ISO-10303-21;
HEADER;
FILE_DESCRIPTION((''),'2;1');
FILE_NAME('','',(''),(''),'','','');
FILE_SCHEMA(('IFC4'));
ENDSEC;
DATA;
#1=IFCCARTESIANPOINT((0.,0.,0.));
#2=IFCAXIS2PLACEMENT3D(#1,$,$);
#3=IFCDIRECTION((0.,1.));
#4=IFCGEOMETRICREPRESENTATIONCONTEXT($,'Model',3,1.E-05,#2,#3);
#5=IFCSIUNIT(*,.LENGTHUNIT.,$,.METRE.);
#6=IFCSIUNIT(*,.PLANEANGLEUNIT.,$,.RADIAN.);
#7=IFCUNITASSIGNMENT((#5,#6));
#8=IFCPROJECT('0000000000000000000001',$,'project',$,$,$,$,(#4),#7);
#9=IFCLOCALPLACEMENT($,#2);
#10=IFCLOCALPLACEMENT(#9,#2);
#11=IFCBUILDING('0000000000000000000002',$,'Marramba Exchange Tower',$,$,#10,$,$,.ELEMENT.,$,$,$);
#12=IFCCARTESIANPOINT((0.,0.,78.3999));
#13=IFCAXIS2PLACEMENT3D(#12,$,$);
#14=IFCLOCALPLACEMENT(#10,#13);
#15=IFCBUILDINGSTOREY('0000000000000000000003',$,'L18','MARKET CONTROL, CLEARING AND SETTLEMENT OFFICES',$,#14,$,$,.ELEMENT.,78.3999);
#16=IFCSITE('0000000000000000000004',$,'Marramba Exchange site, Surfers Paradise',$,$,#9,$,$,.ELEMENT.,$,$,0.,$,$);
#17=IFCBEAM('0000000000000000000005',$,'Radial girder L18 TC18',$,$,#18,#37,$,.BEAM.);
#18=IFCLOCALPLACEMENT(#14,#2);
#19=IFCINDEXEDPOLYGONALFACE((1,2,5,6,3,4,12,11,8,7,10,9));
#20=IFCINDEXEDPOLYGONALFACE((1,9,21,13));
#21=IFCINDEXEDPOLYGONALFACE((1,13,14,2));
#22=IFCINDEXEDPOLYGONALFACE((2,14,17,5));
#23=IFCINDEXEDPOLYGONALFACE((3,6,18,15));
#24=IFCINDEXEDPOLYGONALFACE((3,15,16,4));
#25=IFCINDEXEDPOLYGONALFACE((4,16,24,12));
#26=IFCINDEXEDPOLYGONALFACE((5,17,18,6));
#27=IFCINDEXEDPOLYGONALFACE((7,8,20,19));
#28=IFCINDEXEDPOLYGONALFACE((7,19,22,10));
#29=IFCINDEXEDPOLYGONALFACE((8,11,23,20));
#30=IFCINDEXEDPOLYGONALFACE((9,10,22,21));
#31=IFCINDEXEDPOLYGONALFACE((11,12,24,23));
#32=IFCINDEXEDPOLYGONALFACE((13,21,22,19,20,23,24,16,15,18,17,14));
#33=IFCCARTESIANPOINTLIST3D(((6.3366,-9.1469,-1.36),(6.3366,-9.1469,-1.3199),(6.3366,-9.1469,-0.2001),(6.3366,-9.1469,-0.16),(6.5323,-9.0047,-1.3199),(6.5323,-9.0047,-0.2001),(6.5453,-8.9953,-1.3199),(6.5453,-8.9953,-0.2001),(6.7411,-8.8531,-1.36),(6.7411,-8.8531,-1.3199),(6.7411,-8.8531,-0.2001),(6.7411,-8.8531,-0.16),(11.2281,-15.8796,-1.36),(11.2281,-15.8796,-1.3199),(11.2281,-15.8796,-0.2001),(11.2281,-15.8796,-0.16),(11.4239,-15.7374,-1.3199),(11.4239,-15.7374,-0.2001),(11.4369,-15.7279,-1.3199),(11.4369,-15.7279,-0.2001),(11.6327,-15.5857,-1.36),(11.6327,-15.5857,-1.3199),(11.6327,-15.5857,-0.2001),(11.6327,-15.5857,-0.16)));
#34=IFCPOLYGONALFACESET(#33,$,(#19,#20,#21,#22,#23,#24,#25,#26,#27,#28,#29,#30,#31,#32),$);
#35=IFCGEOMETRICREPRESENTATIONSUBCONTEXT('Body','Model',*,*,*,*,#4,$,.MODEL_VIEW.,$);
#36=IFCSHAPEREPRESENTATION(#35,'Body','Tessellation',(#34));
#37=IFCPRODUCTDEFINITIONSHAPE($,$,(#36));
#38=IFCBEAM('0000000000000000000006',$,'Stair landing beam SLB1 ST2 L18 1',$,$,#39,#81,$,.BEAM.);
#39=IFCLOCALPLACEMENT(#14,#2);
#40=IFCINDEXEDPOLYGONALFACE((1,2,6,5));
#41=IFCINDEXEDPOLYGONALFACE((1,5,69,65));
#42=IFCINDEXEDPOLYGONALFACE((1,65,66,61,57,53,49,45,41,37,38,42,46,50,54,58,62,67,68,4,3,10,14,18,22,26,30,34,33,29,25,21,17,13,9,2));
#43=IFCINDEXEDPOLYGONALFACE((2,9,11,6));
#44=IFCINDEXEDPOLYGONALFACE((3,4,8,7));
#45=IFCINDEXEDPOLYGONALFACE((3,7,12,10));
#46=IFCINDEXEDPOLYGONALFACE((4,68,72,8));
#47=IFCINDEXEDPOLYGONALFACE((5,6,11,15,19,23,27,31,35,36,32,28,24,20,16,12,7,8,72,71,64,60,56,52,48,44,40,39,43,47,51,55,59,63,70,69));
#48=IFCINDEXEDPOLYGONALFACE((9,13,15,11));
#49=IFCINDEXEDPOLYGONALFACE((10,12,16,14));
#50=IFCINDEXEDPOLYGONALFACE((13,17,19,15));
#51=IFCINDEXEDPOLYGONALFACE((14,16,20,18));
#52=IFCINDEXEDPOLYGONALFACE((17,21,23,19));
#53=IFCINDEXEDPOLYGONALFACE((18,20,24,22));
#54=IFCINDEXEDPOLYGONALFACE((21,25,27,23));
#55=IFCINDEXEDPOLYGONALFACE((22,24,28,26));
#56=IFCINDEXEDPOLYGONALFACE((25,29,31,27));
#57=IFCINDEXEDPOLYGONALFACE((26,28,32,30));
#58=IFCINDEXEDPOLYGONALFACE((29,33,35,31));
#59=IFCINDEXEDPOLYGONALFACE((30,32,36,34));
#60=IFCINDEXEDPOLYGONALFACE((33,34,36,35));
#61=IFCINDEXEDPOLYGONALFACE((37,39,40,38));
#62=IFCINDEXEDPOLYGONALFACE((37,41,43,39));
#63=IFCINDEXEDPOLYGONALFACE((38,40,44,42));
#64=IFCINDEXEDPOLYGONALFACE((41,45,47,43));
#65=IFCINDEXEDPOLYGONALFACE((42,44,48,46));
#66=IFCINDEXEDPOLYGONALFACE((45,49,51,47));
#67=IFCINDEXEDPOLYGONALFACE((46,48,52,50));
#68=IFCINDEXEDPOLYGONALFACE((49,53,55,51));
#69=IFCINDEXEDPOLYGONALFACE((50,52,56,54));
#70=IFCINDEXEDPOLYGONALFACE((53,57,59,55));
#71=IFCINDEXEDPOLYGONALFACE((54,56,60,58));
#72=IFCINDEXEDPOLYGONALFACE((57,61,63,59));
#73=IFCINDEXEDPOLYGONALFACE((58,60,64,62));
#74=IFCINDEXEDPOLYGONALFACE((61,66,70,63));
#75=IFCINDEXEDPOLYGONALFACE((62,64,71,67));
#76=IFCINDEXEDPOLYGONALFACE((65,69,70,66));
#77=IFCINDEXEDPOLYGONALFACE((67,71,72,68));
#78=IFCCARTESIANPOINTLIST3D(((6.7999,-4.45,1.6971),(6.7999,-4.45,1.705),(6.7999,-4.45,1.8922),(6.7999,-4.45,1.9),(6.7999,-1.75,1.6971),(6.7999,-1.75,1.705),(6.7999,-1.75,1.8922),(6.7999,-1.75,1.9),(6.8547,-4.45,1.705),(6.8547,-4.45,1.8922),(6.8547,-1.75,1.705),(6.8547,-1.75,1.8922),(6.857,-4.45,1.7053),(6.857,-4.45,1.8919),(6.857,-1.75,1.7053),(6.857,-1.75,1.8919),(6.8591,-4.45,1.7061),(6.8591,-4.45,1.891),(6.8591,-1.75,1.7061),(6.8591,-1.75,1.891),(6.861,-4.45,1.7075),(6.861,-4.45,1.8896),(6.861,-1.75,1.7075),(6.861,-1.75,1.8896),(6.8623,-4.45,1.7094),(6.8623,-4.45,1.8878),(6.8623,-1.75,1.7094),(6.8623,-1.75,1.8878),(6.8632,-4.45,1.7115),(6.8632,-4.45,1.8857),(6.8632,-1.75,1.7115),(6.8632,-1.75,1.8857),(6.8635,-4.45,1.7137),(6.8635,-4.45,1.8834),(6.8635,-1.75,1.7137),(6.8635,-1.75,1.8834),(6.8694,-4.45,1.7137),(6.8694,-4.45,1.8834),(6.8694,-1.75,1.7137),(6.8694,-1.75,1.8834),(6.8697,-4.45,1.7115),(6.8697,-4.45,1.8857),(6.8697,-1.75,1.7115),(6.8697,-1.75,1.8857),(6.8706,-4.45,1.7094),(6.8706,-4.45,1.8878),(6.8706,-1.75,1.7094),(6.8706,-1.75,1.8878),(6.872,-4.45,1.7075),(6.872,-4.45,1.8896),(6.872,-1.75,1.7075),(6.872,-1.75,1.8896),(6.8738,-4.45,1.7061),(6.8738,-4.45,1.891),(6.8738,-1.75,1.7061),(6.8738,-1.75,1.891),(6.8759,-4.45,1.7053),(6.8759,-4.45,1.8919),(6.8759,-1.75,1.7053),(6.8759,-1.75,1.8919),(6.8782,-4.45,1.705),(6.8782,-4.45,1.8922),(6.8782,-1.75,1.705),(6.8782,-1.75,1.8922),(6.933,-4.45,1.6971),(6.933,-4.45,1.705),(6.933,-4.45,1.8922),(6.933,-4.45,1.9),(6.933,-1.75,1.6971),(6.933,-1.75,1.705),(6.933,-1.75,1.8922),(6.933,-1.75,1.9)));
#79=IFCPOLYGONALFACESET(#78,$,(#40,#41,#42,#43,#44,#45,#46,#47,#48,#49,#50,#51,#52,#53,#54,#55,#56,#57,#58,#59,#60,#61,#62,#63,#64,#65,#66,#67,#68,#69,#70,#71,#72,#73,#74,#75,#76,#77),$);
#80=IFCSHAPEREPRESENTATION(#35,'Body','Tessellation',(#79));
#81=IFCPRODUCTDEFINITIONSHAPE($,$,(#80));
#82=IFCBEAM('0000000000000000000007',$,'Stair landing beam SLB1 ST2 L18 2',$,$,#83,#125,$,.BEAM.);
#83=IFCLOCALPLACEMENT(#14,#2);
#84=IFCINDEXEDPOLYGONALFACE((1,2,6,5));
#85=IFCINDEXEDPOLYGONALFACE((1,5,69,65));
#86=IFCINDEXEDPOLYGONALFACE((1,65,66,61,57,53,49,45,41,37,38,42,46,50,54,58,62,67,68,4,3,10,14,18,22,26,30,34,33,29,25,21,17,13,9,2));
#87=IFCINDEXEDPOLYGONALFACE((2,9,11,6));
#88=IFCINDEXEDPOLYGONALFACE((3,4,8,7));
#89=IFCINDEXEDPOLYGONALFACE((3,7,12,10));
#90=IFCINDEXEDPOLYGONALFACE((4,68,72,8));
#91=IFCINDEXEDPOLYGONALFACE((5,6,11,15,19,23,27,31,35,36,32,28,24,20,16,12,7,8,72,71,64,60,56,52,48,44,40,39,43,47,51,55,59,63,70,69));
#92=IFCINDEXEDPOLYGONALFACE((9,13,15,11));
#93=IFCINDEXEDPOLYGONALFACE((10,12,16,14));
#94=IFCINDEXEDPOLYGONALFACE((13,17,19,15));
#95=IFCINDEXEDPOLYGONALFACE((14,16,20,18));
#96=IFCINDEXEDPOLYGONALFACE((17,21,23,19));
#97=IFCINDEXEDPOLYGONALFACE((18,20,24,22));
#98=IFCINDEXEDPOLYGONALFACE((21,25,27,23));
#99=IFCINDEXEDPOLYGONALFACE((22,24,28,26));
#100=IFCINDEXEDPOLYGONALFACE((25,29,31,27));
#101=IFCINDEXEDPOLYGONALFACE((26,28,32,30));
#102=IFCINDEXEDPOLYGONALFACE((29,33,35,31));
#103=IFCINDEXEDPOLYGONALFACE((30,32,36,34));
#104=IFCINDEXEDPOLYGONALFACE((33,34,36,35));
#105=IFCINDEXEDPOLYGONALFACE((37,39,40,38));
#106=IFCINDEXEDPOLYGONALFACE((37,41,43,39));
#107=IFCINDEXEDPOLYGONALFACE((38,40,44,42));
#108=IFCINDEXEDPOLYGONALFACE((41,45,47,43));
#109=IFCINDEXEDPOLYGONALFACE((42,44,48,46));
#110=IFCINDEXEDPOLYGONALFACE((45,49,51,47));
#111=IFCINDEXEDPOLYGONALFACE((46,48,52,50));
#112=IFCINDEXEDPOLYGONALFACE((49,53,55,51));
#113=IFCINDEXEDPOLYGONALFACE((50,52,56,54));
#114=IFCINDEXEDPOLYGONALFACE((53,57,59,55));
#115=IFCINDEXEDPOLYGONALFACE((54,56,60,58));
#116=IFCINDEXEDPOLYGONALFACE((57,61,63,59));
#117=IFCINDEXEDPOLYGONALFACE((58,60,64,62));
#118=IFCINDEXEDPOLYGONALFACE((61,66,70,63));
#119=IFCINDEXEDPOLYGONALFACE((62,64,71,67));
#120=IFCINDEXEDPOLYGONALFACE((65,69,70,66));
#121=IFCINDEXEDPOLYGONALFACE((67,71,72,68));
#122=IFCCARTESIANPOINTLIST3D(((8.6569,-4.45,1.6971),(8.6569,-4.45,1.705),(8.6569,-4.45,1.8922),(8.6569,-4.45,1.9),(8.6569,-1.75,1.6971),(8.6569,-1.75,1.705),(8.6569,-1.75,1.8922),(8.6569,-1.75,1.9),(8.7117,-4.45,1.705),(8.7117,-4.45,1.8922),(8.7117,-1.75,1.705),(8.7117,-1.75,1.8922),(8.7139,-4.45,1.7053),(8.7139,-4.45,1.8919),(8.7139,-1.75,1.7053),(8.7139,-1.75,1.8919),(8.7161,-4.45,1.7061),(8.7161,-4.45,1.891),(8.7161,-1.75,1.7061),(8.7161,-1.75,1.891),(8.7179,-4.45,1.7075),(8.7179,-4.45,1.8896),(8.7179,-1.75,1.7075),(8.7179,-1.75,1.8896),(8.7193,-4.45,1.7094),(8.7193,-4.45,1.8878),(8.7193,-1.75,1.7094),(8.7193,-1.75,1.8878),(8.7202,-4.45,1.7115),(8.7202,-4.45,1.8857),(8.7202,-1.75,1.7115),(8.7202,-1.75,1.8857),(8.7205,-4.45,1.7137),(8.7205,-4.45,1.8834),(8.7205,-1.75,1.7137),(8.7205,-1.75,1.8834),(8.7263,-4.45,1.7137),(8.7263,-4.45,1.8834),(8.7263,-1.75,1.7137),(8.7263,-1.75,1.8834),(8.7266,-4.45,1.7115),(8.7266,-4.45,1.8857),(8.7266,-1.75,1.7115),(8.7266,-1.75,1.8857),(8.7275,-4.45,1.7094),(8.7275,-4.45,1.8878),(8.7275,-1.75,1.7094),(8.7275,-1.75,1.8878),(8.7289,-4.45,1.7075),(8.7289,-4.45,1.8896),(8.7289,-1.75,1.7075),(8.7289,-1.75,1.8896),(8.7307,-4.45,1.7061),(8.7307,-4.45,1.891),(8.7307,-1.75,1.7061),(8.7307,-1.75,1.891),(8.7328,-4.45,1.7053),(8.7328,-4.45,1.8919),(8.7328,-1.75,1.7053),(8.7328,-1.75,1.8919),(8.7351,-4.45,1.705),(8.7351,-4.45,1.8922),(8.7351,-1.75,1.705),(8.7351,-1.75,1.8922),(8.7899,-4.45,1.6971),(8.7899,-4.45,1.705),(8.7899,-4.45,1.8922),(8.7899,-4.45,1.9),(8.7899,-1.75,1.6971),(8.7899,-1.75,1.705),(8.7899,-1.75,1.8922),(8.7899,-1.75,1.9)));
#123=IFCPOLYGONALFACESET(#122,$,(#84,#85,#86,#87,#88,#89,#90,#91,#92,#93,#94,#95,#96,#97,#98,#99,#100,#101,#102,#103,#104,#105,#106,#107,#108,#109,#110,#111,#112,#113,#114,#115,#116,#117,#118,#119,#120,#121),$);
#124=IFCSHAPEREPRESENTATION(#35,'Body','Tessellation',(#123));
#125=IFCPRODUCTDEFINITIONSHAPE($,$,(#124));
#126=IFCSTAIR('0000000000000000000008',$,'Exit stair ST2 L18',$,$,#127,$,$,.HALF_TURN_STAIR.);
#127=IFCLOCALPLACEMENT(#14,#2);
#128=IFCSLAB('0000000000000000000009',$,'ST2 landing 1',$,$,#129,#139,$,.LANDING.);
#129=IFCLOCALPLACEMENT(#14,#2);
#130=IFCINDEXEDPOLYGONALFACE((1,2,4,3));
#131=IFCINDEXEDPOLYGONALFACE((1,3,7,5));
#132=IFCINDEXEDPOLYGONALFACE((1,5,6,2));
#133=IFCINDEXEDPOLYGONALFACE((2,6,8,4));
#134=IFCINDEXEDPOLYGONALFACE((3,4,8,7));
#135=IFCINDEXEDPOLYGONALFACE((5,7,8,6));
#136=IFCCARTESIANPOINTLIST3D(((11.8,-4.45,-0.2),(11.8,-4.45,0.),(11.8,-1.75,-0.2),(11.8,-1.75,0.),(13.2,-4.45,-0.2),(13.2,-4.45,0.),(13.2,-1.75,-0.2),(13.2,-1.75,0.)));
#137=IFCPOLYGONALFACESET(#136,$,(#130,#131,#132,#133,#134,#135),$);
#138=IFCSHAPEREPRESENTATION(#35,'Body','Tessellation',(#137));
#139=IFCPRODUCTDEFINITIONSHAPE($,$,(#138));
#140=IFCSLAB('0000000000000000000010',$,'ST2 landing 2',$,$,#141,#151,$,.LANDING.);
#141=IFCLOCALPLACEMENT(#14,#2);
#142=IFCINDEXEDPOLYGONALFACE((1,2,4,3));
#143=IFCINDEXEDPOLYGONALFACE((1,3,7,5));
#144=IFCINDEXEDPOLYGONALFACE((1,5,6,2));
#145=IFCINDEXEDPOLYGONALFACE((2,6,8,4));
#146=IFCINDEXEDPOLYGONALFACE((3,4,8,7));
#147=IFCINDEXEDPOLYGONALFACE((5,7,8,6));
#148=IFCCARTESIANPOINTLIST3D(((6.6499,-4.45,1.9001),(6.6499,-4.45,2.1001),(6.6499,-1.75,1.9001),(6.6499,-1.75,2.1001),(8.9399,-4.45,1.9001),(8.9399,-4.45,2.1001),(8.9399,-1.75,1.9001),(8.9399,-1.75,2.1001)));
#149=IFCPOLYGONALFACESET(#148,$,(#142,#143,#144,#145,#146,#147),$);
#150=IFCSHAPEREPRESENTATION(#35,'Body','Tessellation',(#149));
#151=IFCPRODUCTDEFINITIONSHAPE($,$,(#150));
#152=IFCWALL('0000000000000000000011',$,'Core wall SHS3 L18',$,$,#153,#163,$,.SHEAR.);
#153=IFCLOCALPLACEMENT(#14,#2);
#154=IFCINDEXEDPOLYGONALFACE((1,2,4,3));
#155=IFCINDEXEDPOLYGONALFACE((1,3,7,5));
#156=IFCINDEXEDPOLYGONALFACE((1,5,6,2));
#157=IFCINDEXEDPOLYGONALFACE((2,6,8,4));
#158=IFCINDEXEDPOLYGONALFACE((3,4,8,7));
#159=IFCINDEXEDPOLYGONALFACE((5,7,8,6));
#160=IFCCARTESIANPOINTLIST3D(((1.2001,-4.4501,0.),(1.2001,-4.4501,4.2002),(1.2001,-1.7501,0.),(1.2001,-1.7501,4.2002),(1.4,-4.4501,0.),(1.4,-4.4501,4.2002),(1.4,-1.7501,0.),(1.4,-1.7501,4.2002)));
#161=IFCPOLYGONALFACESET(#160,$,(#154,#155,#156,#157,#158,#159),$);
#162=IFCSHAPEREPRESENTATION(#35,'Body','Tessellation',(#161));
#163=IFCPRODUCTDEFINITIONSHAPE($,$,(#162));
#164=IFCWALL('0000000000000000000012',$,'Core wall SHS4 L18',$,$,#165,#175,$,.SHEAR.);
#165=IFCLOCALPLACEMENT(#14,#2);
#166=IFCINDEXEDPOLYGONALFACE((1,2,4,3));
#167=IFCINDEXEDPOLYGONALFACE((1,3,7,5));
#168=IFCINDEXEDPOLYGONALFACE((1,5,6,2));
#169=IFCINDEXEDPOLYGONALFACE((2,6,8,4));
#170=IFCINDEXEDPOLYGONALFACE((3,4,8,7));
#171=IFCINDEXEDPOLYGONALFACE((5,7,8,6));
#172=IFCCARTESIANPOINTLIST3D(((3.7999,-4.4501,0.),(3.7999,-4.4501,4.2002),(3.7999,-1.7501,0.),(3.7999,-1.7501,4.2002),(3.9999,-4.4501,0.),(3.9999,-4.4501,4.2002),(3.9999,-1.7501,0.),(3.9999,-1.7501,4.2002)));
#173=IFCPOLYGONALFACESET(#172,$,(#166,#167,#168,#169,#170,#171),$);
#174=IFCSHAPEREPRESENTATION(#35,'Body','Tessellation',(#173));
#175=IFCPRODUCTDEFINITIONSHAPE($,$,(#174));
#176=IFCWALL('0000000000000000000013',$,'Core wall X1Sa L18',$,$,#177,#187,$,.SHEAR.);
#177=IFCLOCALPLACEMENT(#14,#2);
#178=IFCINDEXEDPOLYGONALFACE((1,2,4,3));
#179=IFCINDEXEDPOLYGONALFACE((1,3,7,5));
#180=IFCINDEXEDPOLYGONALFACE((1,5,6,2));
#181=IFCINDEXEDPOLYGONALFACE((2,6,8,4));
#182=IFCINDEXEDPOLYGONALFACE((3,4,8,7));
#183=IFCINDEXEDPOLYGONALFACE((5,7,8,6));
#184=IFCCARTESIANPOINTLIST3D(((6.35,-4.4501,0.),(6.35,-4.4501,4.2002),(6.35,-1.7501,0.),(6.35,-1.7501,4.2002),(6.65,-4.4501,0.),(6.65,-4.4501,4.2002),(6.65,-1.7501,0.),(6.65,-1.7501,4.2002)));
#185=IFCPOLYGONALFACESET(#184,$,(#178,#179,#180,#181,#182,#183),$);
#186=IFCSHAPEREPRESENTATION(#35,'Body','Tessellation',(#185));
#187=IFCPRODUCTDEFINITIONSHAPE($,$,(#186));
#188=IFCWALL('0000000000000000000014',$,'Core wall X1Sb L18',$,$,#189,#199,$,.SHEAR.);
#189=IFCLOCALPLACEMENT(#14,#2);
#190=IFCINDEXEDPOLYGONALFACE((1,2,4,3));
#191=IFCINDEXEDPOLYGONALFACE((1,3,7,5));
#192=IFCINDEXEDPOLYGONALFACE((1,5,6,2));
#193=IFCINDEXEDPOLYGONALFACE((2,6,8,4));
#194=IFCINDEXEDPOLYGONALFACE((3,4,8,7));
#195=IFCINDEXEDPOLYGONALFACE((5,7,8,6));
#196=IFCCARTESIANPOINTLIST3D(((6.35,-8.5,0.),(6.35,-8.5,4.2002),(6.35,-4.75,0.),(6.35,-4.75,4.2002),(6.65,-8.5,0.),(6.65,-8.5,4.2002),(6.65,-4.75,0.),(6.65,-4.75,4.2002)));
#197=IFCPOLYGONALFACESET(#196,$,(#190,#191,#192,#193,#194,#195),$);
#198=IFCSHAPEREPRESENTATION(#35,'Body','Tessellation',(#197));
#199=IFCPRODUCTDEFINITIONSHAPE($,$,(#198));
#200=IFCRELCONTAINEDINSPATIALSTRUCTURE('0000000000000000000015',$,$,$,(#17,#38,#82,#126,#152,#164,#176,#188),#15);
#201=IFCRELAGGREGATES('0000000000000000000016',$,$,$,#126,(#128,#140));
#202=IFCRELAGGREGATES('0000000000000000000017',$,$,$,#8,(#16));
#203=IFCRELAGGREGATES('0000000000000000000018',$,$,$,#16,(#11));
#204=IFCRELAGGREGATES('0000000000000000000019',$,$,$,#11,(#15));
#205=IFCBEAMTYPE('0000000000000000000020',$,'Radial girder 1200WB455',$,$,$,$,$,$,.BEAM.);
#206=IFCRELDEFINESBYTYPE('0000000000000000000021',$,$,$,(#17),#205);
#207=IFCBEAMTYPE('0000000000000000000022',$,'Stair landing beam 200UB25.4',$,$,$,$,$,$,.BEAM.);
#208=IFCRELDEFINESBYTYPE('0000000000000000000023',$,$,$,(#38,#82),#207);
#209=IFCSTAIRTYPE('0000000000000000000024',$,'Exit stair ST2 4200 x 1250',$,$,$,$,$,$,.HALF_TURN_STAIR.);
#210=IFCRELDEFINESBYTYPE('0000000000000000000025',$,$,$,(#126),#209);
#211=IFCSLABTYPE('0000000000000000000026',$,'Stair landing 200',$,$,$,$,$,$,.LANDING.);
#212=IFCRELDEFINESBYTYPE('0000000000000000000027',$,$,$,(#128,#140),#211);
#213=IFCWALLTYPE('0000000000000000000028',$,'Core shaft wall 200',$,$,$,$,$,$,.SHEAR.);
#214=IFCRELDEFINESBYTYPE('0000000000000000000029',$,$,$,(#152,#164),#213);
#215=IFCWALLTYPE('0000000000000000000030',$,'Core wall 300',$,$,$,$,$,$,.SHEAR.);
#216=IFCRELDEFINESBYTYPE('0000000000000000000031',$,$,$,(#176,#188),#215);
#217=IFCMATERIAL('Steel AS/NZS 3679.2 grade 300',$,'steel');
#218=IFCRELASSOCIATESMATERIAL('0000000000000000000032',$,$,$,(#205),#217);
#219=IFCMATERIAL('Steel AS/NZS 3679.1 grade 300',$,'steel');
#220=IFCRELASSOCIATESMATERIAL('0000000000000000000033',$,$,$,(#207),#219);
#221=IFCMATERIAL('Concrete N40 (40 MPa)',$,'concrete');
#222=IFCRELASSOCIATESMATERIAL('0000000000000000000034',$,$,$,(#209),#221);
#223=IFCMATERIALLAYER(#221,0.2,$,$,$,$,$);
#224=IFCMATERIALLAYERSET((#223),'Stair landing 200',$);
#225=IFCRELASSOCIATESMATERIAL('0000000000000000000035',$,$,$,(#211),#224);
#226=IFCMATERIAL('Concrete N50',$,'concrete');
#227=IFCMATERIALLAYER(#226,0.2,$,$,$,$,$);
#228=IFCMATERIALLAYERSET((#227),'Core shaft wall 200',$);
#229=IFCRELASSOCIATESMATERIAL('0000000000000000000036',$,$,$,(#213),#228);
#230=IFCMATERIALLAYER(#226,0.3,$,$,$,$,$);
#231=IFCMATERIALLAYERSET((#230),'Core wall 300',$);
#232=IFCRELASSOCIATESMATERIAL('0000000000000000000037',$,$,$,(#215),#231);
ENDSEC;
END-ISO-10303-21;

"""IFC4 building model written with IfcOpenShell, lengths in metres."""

from ifc_helpers import new_model, si_unit, direction, frame, frame_2d, origin, origin_2d, place, context, subcontext, project, spatial, polyline, rectangle, i_section, outline, extrude, material, layer, layer_set, material_profile, profile_set, type_object, element, aggregate, save


model = new_model("IFC4")

# Units and contexts
model_context = context("Model", 3, precision=1e-05, world=origin(), true_north=direction((0.0, 1.0)))
body_context = subcontext(model_context, "Body", "Model", "MODEL_VIEW")
ifc_project = project(units=[si_unit("LENGTHUNIT", "METRE"), si_unit("PLANEANGLEUNIT", "RADIAN")], contexts=[model_context])

# Site, building, storey
site_placement = place(None, origin())
site = spatial("IfcSite", under=ifc_project, at=site_placement, Name="Marramba Exchange site, Surfers Paradise", CompositionType="ELEMENT", RefElevation=0.0)
building_placement = place(site_placement, origin())
building = spatial("IfcBuilding", under=site, at=building_placement, Name="Marramba Exchange Tower", CompositionType="ELEMENT")
storey_placement = place(building_placement, frame((0.0, 0.0, 78.3999)))
storey = spatial("IfcBuildingStorey", under=building, at=storey_placement, Name="L18", Description="MARKET CONTROL, CLEARING AND SETTLEMENT OFFICES", CompositionType="ELEMENT", Elevation=78.3999)

# Beams
ifc_material_1 = material(Name="Steel AS/NZS 3679.2 grade 300", Category="steel")
ifc_material_profile_1 = material_profile(ifc_material_1, i_section(OverallWidth=0.5, OverallDepth=1.2, WebThickness=0.0161, FlangeThickness=0.04, at=origin_2d()), Name="1200WB455")
ifc_profile_set_1 = profile_set([ifc_material_profile_1], Name="Steel AS/NZS 3679.2 grade 300")
beam_type_1 = type_object("IfcBeamType", Name="Radial girder 1200WB455", PredefinedType="BEAM", material=ifc_profile_set_1)
beam_placement = place(storey_placement, frame((6.5388, -9.0, -0.76), z_axis=(0.587788, -0.809015, 0.0), x_axis=(0.809015, 0.587788, 0.0)))
element("IfcBeam", 1, at=beam_placement, inside=storey, type_object=beam_type_1, Name="Radial girder L18 TC18", PredefinedType="BEAM", context=body_context, shape_type="SweptSolid", body=[
    extrude(i_section(OverallWidth=0.5, OverallDepth=1.2, WebThickness=0.0161, FlangeThickness=0.04, at=origin_2d()), origin(), (0.0, 0.0, 1.0), 8.322),
])
ifc_material_2 = material(Name="Steel AS/NZS 3679.1 grade 300", Category="steel")
ifc_material_profile_2 = material_profile(ifc_material_2, i_section(OverallWidth=0.1331, OverallDepth=0.2029, WebThickness=0.0059, FlangeThickness=0.0078, FilletRadius=0.0088, at=origin_2d()), Name="200UB25.4")
ifc_profile_set_2 = profile_set([ifc_material_profile_2], Name="Steel AS/NZS 3679.1 grade 300")
beam_type_2 = type_object("IfcBeamType", Name="Stair landing beam 200UB25.4", PredefinedType="BEAM", material=ifc_profile_set_2)
for number, where, z_axis, x_axis, name in (
    (2, (6.8665, -4.45, 1.7986), (0.0, 1.0, 0.0), (-1.0, 0.0, 0.0), "Stair landing beam SLB1 ST2 L18 1"),
    (3, (8.7234, -4.45, 1.7986), (0.0, 1.0, 0.0), (-1.0, 0.0, 0.0), "Stair landing beam SLB1 ST2 L18 2"),
):
    element("IfcBeam", number, at=place(storey_placement, frame(where, z_axis=z_axis, x_axis=x_axis)), inside=storey, type_object=beam_type_2, Name=name, PredefinedType="BEAM", context=body_context, shape_type="SweptSolid", body=[
        extrude(i_section(OverallWidth=0.1331, OverallDepth=0.2029, WebThickness=0.0059, FlangeThickness=0.0078, FilletRadius=0.0088, at=origin_2d()), origin(), (0.0, 0.0, 1.0), 2.7),
    ])

# Stair, slabs
ifc_material_3 = material(Name="Concrete N40 (40 MPa)", Category="concrete")
stair_type = type_object("IfcStairType", Name="Exit stair ST2 4200 x 1250", PredefinedType="HALF_TURN_STAIR", material=ifc_material_3)
stair_placement = place(storey_placement, origin())
stair = element("IfcStair", 4, at=stair_placement, inside=storey, type_object=stair_type, Name="Exit stair ST2 L18", PredefinedType="HALF_TURN_STAIR")
ifc_layer_1 = layer(ifc_material_3, 0.2)
ifc_layer_set_1 = layer_set([ifc_layer_1], Name="Stair landing 200")
slab_type = type_object("IfcSlabType", Name="Stair landing 200", PredefinedType="LANDING", material=ifc_layer_set_1)
slab_1_placement = place(storey_placement, frame((0.0, 0.0, -0.2)))
slab_1 = element("IfcSlab", 5, at=slab_1_placement, type_object=slab_type, Name="ST2 landing 1", PredefinedType="LANDING", context=body_context, shape_type="SweptSolid", body=[
    extrude(outline(polyline([(11.8, -4.45), (13.2, -4.45), (13.2, -1.75), (11.8, -1.75), (11.8, -4.45)])), origin(), (0.0, 0.0, 1.0), 0.2),
])
slab_2_placement = place(storey_placement, frame((0.0, 0.0, 1.9001)))
slab_2 = element("IfcSlab", 6, at=slab_2_placement, type_object=slab_type, Name="ST2 landing 2", PredefinedType="LANDING", context=body_context, shape_type="SweptSolid", body=[
    extrude(outline(polyline([(6.6499, -4.45), (8.9399, -4.45), (8.9399, -1.75), (6.6499, -1.75), (6.6499, -4.45)])), origin(), (0.0, 0.0, 1.0), 0.2),
])

# Walls
ifc_material_4 = material(Name="Concrete N50", Category="concrete")
ifc_layer_2 = layer(ifc_material_4, 0.2)
ifc_layer_set_2 = layer_set([ifc_layer_2], Name="Core shaft wall 200")
wall_type_1 = type_object("IfcWallType", Name="Core shaft wall 200", PredefinedType="SHEAR", material=ifc_layer_set_2)
for number, where, z_axis, x_axis, name in (
    (7, (1.3, -1.75, 0.0), (0.0, 0.0, 1.0), (0.0, -1.0, 0.0), "Core wall SHS3 L18"),
    (8, (3.8999, -1.75, 0.0), (0.0, 0.0, 1.0), (0.0, -1.0, 0.0), "Core wall SHS4 L18"),
):
    element("IfcWall", number, at=place(storey_placement, frame(where, z_axis=z_axis, x_axis=x_axis)), inside=storey, type_object=wall_type_1, Name=name, PredefinedType="SHEAR", context=body_context, shape_type="SweptSolid", body=[
        extrude(rectangle(XDim=2.7, YDim=0.2, at=frame_2d((1.3501, 0.0))), origin(), (0.0, 0.0, 1.0), 4.2002),
    ])
ifc_layer_3 = layer(ifc_material_4, 0.3)
ifc_layer_set_3 = layer_set([ifc_layer_3], Name="Core wall 300")
wall_type_2 = type_object("IfcWallType", Name="Core wall 300", PredefinedType="SHEAR", material=ifc_layer_set_3)
wall_1_placement = place(storey_placement, frame((6.5, -1.75, 0.0), z_axis=(0.0, 0.0, 1.0), x_axis=(0.0, -1.0, 0.0)))
element("IfcWall", 9, at=wall_1_placement, inside=storey, type_object=wall_type_2, Name="Core wall X1Sa L18", PredefinedType="SHEAR", context=body_context, shape_type="SweptSolid", body=[
    extrude(rectangle(XDim=2.7, YDim=0.3, at=frame_2d((1.3501, 0.0))), origin(), (0.0, 0.0, 1.0), 4.2002),
])
wall_2_placement = place(storey_placement, frame((6.5, -4.75, 0.0), z_axis=(0.0, 0.0, 1.0), x_axis=(0.0, -1.0, 0.0)))
element("IfcWall", 10, at=wall_2_placement, inside=storey, type_object=wall_type_2, Name="Core wall X1Sb L18", PredefinedType="SHEAR", context=body_context, shape_type="SweptSolid", body=[
    extrude(rectangle(XDim=3.75, YDim=0.3, at=frame_2d((1.875, 0.0))), origin(), (0.0, 0.0, 1.0), 4.2002),
])

aggregate(stair, [slab_1, slab_2])

save(model, "model.ifc")
